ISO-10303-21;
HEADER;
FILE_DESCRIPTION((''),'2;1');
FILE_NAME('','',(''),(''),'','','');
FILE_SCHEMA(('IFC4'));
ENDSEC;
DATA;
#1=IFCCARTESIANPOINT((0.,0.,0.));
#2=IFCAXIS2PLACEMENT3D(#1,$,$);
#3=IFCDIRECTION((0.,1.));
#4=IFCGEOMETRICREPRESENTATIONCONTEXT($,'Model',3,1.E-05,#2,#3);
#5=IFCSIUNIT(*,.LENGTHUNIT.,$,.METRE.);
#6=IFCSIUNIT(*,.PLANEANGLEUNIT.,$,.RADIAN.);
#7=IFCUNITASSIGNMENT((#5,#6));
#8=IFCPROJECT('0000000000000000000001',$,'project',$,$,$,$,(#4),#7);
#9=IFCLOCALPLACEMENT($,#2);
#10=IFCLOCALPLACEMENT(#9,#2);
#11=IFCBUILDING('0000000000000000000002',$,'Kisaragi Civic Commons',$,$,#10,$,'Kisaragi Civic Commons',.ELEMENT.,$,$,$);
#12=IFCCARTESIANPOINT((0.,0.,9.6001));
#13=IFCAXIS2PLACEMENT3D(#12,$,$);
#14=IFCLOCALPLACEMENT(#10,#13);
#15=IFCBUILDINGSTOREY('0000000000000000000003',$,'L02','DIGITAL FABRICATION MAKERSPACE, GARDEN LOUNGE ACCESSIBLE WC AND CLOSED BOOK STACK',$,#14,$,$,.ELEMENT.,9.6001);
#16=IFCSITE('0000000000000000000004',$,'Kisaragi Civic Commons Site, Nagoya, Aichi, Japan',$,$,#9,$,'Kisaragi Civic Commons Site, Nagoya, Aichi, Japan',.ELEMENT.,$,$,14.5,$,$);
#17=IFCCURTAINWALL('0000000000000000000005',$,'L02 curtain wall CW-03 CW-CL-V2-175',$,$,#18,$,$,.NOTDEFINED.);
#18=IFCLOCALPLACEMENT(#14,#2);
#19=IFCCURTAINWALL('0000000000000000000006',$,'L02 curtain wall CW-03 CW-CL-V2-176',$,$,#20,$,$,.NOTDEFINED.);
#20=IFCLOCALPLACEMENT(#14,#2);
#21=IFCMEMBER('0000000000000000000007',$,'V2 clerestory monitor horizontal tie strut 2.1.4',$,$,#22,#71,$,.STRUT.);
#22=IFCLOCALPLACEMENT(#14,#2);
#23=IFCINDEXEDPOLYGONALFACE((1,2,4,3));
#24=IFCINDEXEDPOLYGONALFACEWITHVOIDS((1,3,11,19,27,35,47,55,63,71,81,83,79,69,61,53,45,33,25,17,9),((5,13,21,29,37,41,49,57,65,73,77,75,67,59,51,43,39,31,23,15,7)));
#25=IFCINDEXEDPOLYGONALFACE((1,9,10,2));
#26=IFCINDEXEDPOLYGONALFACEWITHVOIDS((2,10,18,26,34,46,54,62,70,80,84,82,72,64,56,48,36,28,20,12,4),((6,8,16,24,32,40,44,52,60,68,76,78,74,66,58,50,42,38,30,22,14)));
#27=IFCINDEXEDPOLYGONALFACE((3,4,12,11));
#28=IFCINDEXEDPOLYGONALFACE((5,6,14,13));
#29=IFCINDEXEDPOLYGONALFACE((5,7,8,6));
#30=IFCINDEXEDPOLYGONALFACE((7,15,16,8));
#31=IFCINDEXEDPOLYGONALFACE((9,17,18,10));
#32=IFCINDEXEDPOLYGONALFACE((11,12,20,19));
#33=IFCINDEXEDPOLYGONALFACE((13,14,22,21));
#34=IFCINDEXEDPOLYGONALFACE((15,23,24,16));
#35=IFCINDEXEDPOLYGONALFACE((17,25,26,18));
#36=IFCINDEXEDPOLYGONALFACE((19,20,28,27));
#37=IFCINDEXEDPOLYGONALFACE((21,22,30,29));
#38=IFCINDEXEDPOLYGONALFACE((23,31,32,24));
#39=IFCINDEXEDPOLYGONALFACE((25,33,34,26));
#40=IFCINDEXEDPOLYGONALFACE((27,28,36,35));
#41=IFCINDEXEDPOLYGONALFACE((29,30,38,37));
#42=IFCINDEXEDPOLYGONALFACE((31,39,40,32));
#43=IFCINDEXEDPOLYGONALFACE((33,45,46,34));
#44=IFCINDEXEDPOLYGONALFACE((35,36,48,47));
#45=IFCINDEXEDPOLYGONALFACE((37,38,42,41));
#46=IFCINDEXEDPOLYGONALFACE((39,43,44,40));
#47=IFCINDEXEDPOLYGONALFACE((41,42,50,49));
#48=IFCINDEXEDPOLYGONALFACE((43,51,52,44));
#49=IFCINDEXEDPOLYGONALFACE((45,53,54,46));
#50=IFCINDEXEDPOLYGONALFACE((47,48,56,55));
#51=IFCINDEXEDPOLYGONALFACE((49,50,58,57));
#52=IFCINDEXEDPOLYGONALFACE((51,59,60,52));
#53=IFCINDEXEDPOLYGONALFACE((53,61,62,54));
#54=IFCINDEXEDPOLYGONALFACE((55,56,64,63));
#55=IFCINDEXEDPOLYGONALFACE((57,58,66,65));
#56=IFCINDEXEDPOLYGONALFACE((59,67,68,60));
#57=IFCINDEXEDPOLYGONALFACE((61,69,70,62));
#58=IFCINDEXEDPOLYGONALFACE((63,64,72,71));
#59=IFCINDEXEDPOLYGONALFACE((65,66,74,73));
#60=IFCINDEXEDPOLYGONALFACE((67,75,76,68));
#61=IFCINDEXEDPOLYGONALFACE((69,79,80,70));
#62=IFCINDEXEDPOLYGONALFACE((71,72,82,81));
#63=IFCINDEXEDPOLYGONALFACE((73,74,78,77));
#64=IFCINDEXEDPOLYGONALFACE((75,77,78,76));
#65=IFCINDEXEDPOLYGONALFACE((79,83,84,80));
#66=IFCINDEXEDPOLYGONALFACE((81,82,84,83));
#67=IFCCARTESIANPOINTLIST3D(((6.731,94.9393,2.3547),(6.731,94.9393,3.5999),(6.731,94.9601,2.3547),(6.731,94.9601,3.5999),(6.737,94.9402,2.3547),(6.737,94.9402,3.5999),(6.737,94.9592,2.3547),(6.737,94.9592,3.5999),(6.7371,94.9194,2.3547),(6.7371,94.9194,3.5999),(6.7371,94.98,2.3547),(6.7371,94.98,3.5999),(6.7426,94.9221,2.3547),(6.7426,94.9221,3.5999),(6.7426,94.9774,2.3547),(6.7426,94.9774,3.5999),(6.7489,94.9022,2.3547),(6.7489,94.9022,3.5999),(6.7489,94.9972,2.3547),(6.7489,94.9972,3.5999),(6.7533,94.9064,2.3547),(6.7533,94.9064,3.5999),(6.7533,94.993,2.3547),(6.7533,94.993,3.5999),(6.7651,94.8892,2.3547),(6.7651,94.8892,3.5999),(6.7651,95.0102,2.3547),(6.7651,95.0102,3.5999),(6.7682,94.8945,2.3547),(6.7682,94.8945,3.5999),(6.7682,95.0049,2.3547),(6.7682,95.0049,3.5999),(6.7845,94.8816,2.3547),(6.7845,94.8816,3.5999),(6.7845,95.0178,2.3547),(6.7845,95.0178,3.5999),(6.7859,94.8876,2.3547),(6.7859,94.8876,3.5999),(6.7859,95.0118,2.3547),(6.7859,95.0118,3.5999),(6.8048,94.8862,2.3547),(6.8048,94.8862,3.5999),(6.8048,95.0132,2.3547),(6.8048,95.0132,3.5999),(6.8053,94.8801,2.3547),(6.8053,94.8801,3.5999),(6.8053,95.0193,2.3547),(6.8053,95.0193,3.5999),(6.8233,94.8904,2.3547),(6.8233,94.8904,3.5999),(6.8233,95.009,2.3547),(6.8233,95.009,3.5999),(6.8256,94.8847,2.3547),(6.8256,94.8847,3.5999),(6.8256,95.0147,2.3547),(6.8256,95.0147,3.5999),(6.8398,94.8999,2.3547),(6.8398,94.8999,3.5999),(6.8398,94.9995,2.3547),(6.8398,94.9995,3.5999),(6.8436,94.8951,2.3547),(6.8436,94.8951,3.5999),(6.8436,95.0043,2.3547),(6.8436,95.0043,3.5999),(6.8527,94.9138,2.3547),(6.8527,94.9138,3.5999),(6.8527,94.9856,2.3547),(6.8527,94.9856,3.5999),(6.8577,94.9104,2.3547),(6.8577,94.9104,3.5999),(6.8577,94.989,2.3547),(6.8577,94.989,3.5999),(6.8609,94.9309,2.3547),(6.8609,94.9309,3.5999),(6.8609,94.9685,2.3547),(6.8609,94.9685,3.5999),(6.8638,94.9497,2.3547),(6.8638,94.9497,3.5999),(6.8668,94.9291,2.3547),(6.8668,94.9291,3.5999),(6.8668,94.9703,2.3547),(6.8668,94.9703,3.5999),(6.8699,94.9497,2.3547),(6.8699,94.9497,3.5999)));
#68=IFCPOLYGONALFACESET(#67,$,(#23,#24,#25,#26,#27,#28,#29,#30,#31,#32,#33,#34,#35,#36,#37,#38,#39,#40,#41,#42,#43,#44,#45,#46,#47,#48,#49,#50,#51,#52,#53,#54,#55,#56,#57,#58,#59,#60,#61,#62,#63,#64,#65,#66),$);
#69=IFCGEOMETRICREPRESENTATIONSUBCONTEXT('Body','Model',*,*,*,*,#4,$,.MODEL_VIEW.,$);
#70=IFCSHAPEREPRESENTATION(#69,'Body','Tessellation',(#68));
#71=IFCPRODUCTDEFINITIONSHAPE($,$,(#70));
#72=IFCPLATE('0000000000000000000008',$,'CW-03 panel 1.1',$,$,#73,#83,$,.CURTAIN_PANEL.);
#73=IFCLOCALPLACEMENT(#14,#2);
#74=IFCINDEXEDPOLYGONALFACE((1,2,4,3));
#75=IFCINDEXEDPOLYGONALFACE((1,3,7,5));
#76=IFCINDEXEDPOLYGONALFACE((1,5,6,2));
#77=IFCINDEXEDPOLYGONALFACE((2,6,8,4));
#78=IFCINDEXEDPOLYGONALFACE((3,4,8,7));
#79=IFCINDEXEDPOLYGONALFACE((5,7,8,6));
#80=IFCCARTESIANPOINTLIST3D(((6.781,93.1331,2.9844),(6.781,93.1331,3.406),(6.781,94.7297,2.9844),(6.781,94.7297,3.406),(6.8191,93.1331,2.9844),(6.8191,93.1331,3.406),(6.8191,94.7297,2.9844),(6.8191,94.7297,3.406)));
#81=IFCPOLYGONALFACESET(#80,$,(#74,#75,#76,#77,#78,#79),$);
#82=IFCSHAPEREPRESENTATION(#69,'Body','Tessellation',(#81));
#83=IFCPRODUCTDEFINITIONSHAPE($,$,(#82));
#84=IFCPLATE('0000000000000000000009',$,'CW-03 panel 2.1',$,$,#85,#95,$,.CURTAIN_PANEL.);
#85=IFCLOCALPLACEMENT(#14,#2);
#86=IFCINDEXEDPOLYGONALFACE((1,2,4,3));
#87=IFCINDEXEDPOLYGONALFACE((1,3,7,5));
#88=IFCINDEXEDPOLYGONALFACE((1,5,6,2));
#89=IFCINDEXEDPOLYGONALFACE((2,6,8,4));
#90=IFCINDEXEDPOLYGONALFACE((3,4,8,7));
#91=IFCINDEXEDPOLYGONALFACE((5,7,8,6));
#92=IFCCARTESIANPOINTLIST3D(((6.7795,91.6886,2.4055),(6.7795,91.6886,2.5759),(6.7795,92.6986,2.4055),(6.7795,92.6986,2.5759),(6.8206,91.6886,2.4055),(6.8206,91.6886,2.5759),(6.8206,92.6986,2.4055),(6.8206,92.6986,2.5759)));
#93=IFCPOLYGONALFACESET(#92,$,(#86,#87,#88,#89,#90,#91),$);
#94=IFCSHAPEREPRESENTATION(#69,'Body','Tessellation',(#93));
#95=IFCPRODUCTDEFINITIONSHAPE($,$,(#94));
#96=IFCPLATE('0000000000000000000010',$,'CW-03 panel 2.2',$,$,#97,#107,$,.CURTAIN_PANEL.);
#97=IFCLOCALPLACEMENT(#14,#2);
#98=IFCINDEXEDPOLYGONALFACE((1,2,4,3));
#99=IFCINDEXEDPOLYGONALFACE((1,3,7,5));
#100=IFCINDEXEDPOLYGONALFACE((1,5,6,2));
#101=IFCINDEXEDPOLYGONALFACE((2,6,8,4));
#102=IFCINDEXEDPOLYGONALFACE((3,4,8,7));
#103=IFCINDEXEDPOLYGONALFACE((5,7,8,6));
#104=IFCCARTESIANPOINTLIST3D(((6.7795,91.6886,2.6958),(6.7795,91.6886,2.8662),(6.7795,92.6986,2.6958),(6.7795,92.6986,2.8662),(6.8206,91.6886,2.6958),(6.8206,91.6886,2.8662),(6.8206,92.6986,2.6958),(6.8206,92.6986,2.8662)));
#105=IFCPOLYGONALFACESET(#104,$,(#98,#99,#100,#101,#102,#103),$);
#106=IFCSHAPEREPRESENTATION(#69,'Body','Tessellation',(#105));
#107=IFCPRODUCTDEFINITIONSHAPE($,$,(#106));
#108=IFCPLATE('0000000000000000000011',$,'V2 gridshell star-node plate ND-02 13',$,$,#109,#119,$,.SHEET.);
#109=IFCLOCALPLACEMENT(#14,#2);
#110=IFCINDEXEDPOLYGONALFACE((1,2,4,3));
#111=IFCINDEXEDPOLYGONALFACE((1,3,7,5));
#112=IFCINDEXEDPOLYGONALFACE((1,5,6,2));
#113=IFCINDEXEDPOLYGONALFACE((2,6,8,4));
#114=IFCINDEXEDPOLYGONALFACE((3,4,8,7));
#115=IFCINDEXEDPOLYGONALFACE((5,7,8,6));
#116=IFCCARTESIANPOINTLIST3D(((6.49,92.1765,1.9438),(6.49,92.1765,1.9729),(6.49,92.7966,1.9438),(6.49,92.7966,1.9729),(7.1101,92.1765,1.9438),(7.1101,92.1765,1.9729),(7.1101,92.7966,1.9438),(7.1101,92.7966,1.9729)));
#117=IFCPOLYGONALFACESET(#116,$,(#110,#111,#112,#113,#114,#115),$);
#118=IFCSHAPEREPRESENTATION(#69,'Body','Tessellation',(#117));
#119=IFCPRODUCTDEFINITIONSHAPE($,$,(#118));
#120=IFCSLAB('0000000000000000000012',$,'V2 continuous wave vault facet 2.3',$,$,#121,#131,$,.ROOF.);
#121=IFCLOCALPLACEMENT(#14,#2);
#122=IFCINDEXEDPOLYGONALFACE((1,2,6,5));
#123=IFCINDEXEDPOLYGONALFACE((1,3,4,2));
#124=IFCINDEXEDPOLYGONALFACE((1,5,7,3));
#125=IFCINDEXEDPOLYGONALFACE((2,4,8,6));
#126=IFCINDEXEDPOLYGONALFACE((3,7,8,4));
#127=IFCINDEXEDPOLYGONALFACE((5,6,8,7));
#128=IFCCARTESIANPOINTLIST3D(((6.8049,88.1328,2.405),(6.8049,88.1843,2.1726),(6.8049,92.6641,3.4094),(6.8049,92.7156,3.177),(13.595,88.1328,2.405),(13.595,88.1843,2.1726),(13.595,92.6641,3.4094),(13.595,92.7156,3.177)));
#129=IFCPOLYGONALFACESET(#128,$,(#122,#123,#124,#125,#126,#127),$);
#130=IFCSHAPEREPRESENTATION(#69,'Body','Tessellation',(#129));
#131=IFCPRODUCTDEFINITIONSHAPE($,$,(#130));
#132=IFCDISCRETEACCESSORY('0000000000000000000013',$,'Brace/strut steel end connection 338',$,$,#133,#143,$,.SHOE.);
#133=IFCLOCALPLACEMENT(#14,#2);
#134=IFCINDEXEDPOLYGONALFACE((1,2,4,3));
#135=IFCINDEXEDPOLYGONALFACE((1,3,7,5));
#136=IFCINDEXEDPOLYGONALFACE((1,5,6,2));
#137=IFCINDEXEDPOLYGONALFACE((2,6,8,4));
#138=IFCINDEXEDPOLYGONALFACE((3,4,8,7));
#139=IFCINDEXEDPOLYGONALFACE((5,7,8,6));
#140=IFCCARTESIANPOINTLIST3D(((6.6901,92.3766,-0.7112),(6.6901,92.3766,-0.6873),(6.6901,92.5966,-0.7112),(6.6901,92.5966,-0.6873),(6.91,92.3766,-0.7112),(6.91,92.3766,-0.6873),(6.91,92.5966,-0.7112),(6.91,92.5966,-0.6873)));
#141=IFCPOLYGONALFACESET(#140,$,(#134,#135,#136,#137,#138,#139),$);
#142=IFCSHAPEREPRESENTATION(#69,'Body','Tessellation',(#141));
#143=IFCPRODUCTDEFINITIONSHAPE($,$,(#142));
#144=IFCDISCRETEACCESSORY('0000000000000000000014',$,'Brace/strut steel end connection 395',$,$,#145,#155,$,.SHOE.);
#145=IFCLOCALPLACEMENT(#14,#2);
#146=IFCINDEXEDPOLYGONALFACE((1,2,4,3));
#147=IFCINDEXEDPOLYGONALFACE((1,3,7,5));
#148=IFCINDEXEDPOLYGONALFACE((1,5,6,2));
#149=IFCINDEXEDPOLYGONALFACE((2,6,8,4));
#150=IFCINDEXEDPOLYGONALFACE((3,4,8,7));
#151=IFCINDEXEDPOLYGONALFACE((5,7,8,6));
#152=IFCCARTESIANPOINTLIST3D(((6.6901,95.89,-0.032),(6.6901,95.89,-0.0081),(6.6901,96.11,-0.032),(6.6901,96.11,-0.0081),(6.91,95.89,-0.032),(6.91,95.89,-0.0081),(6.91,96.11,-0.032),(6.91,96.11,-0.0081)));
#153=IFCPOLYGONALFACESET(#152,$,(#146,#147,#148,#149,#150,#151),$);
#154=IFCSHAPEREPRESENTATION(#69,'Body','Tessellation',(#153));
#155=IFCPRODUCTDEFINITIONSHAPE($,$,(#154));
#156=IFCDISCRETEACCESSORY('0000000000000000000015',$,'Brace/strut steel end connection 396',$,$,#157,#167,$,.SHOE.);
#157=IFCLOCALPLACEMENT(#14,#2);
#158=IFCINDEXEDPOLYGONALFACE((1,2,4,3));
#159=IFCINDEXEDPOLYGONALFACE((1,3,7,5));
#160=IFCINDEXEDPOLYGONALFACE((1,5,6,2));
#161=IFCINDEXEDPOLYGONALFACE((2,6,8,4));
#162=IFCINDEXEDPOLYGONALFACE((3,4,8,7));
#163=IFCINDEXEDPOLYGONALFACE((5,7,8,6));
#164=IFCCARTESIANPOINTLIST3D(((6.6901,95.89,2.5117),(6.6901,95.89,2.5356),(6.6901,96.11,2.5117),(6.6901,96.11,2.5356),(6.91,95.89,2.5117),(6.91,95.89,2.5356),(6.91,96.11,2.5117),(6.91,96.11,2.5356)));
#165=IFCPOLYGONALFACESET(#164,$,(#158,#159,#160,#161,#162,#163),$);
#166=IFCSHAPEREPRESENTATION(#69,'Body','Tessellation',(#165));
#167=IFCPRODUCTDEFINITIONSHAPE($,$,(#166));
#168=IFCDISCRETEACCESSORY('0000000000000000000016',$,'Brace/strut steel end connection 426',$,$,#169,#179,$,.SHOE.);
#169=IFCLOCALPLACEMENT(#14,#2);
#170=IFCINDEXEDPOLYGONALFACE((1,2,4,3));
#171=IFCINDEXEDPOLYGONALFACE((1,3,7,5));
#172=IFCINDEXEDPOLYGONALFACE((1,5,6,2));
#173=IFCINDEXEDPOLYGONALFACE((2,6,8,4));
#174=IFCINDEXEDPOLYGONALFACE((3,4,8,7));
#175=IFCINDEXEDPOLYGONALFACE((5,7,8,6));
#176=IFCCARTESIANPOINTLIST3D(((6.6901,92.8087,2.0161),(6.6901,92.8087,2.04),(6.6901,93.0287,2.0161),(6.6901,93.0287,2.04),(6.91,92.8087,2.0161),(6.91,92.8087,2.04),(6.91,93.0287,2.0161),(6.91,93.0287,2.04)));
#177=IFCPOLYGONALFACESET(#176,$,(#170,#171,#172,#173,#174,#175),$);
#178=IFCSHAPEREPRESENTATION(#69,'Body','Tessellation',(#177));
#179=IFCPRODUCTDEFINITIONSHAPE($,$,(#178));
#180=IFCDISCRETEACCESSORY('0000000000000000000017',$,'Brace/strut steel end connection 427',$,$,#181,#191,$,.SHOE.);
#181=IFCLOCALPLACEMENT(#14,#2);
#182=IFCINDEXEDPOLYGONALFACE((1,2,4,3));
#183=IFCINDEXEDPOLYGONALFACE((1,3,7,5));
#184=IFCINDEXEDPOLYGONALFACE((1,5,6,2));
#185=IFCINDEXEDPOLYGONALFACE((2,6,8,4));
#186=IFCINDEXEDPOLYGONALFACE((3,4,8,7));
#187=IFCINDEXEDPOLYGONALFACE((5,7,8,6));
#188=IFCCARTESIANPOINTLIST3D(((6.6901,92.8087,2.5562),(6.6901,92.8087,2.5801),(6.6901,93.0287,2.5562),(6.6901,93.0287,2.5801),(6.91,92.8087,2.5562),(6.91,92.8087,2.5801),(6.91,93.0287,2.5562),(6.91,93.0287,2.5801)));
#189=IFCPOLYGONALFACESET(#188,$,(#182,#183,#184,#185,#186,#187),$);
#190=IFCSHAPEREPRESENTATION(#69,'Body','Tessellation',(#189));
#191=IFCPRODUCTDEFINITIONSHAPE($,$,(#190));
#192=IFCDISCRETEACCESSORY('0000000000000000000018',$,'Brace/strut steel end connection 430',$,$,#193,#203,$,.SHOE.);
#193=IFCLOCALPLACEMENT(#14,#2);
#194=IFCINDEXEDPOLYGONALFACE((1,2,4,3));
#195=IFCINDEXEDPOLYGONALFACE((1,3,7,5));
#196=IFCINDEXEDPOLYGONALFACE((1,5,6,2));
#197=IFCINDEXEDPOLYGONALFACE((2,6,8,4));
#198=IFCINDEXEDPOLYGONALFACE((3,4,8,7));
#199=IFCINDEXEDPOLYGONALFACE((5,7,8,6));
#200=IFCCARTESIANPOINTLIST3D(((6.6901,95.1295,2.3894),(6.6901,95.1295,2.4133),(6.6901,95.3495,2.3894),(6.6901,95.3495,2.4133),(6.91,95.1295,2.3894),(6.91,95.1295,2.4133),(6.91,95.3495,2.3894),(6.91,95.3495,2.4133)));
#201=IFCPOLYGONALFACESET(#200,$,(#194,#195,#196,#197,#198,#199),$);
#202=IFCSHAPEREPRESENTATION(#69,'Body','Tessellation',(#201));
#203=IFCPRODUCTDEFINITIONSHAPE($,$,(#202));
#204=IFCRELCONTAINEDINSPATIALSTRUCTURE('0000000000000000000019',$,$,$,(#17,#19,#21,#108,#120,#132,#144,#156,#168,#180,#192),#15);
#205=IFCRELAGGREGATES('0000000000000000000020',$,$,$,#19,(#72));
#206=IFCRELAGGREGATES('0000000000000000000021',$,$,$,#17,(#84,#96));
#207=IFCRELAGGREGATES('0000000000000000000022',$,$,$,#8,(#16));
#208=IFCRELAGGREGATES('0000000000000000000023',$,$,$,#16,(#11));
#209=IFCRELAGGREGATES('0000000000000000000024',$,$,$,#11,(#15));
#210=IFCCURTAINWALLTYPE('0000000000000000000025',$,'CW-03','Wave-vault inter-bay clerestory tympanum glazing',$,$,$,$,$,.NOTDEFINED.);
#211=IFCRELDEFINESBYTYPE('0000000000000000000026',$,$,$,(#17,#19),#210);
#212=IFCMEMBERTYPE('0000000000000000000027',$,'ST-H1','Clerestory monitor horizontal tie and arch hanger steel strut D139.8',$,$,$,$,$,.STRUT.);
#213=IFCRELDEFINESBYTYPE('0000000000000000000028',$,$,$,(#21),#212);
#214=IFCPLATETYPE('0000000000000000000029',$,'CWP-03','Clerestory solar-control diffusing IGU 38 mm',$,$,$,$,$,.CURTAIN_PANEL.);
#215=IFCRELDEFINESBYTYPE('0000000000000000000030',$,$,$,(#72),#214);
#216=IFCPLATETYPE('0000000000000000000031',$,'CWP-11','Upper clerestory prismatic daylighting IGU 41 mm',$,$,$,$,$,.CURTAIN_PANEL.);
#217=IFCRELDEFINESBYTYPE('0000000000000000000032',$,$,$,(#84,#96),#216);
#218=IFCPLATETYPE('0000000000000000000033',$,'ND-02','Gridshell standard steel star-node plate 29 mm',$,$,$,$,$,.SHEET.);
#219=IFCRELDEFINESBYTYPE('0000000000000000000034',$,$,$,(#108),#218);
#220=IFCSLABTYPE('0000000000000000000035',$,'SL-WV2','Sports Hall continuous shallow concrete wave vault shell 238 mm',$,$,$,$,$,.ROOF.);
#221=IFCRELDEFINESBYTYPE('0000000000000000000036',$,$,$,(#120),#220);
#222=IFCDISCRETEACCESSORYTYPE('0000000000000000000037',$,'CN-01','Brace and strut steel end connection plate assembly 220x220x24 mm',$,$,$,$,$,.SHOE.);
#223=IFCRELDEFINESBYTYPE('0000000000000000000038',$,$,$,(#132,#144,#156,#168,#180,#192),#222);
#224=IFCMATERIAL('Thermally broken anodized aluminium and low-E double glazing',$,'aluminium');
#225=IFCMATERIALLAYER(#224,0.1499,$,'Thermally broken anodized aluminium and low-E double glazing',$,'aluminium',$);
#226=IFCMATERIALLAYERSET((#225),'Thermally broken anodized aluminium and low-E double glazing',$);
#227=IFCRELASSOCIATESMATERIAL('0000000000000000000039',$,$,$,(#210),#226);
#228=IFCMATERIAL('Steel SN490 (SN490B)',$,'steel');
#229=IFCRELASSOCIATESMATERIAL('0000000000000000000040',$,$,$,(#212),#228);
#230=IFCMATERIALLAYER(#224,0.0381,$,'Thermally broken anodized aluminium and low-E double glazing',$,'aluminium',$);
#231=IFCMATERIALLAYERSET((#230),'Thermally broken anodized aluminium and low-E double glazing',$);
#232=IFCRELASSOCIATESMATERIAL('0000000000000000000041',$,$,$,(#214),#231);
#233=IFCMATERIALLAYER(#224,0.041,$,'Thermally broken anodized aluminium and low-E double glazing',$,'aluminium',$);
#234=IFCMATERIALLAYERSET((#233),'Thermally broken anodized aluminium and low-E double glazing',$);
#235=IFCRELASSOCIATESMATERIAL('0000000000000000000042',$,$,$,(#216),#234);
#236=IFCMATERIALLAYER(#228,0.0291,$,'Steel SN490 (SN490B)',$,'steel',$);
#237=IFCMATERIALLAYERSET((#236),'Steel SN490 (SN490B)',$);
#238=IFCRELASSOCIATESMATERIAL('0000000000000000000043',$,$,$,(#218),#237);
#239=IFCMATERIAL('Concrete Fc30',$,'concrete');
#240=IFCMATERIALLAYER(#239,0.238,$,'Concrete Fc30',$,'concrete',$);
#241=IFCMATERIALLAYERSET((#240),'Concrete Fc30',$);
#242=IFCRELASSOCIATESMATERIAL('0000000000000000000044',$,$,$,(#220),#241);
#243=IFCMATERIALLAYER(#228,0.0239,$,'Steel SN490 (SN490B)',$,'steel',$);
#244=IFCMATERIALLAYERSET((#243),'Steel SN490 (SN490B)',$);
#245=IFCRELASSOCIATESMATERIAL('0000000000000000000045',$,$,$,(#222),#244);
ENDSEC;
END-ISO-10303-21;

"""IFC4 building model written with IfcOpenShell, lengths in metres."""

from ifc_helpers import new_model, si_unit, direction, frame, origin, origin_2d, place, context, subcontext, project, spatial, polyline, rectangle, hollow_circle, outline, extrude, material, layer, layer_set, material_profile, profile_set, type_object, element, aggregate, save


model = new_model("IFC4")

# Units and contexts
model_context = context("Model", 3, precision=1e-05, world=origin(), true_north=direction((0.0, 1.0)))
body_context = subcontext(model_context, "Body", "Model", "MODEL_VIEW")
ifc_project = project(units=[si_unit("LENGTHUNIT", "METRE"), si_unit("PLANEANGLEUNIT", "RADIAN")], contexts=[model_context])

# Site, building, storey
site_placement = place(None, origin())
site = spatial("IfcSite", under=ifc_project, at=site_placement, Name="Kisaragi Civic Commons Site, Nagoya, Aichi, Japan", LongName="Kisaragi Civic Commons Site, Nagoya, Aichi, Japan", CompositionType="ELEMENT", RefElevation=14.5)
building_placement = place(site_placement, origin())
building = spatial("IfcBuilding", under=site, at=building_placement, Name="Kisaragi Civic Commons", LongName="Kisaragi Civic Commons", CompositionType="ELEMENT")
storey_placement = place(building_placement, frame((0.0, 0.0, 9.6001)))
storey = spatial("IfcBuildingStorey", under=building, at=storey_placement, Name="L02", Description="DIGITAL FABRICATION MAKERSPACE, GARDEN LOUNGE ACCESSIBLE WC AND CLOSED BOOK STACK", CompositionType="ELEMENT", Elevation=9.6001)

# Curtain wall
ifc_material_1 = material(Name="Thermally broken anodized aluminium and low-E double glazing", Category="aluminium")
ifc_layer_1 = layer(ifc_material_1, 0.1499, Name="Thermally broken anodized aluminium and low-E double glazing", Category="aluminium")
ifc_layer_set_1 = layer_set([ifc_layer_1], Name="Thermally broken anodized aluminium and low-E double glazing")
curtain_wall_type = type_object("IfcCurtainWallType", Name="CW-03", Description="Wave-vault inter-bay clerestory tympanum glazing", PredefinedType="NOTDEFINED", material=ifc_layer_set_1)
curtain_wall_1_placement = place(storey_placement, origin())
curtain_wall_1 = element("IfcCurtainWall", 1, at=curtain_wall_1_placement, inside=storey, type_object=curtain_wall_type, Name="L02 curtain wall CW-03 CW-CL-V2-175", PredefinedType="NOTDEFINED")

# Curtain wall
curtain_wall_2_placement = place(storey_placement, origin())
curtain_wall_2 = element("IfcCurtainWall", 2, at=curtain_wall_2_placement, inside=storey, type_object=curtain_wall_type, Name="L02 curtain wall CW-03 CW-CL-V2-176", PredefinedType="NOTDEFINED")

# Member
ifc_material_2 = material(Name="Steel SN490 (SN490B)", Category="steel")
ifc_material_profile_1 = material_profile(ifc_material_2, hollow_circle(Radius=0.0698, WallThickness=0.0061, at=origin_2d()), Name="CHS-139.8x6.0", Category="steel")
ifc_profile_set_1 = profile_set([ifc_material_profile_1], Name="Steel SN490 (SN490B)")
member_type_1 = type_object("IfcMemberType", Name="ST-H1", Description="Clerestory monitor horizontal tie and arch hanger steel strut D139.8", PredefinedType="STRUT", material=ifc_profile_set_1)
member_1_placement = place(storey_placement, frame((6.8, 94.9497, 2.3547), z_axis=(0.0, 0.0, 1.0), x_axis=(1.0, 0.0, 0.0)))
element("IfcMember", 3, at=member_1_placement, inside=storey, type_object=member_type_1, Name="V2 clerestory monitor horizontal tie strut 2.1.4", PredefinedType="STRUT", context=body_context, shape_type="SweptSolid", body=[
    extrude(hollow_circle(Radius=0.0698, WallThickness=0.0061, at=origin_2d()), origin(), (0.0, 0.0, 1.0), 1.2451),
])

# Plates
ifc_layer_2 = layer(ifc_material_1, 0.0381, Name="Thermally broken anodized aluminium and low-E double glazing", Category="aluminium")
ifc_layer_set_2 = layer_set([ifc_layer_2], Name="Thermally broken anodized aluminium and low-E double glazing")
plate_type_1 = type_object("IfcPlateType", Name="CWP-03", Description="Clerestory solar-control diffusing IGU 38 mm", PredefinedType="CURTAIN_PANEL", material=ifc_layer_set_2)
plate_1_placement = place(storey_placement, frame((6.8, 93.9314, 2.9844), z_axis=(0.0, 0.0, 1.0), x_axis=(0.0, 1.0, 0.0)))
plate_1 = element("IfcPlate", 4, at=plate_1_placement, type_object=plate_type_1, Name="CW-03 panel 1.1", PredefinedType="CURTAIN_PANEL", context=body_context, shape_type="SweptSolid", body=[
    extrude(rectangle(XDim=1.5967, YDim=0.0381, at=origin_2d()), origin(), (0.0, 0.0, 1.0), 0.4216),
])
aggregate(curtain_wall_2, [plate_1])
ifc_layer_3 = layer(ifc_material_1, 0.041, Name="Thermally broken anodized aluminium and low-E double glazing", Category="aluminium")
ifc_layer_set_3 = layer_set([ifc_layer_3], Name="Thermally broken anodized aluminium and low-E double glazing")
plate_type_2 = type_object("IfcPlateType", Name="CWP-11", Description="Upper clerestory prismatic daylighting IGU 41 mm", PredefinedType="CURTAIN_PANEL", material=ifc_layer_set_3)
plate_2_placement = place(storey_placement, frame((6.8, 92.1936, 2.4055), z_axis=(0.0, 0.0, 1.0), x_axis=(0.0, 1.0, 0.0)))
plate_2 = element("IfcPlate", 5, at=plate_2_placement, type_object=plate_type_2, Name="CW-03 panel 2.1", PredefinedType="CURTAIN_PANEL", context=body_context, shape_type="SweptSolid", body=[
    extrude(rectangle(XDim=1.01, YDim=0.041, at=origin_2d()), origin(), (0.0, 0.0, 1.0), 0.1704),
])
plate_3_placement = place(storey_placement, frame((6.8, 92.1936, 2.6958), z_axis=(0.0, 0.0, 1.0), x_axis=(0.0, 1.0, 0.0)))
plate_3 = element("IfcPlate", 6, at=plate_3_placement, type_object=plate_type_2, Name="CW-03 panel 2.2", PredefinedType="CURTAIN_PANEL", context=body_context, shape_type="SweptSolid", body=[
    extrude(rectangle(XDim=1.01, YDim=0.041, at=origin_2d()), origin(), (0.0, 0.0, 1.0), 0.1704),
])
aggregate(curtain_wall_1, [plate_2, plate_3])
ifc_layer_4 = layer(ifc_material_2, 0.0291, Name="Steel SN490 (SN490B)", Category="steel")
ifc_layer_set_4 = layer_set([ifc_layer_4], Name="Steel SN490 (SN490B)")
plate_type_3 = type_object("IfcPlateType", Name="ND-02", Description="Gridshell standard steel star-node plate 29 mm", PredefinedType="SHEET", material=ifc_layer_set_4)
plate_4_placement = place(storey_placement, frame((6.8, 92.4866, 1.9438), z_axis=(0.0, 0.0, 1.0), x_axis=(1.0, 0.0, 0.0)))
element("IfcPlate", 7, at=plate_4_placement, inside=storey, type_object=plate_type_3, Name="V2 gridshell star-node plate ND-02 13", PredefinedType="SHEET", context=body_context, shape_type="SweptSolid", body=[
    extrude(rectangle(XDim=0.6201, YDim=0.6201, at=origin_2d()), origin(), (0.0, 0.0, 1.0), 0.0291),
])

# Slab
ifc_material_3 = material(Name="Concrete Fc30", Category="concrete")
ifc_layer_5 = layer(ifc_material_3, 0.238, Name="Concrete Fc30", Category="concrete")
ifc_layer_set_5 = layer_set([ifc_layer_5], Name="Concrete Fc30")
slab_type = type_object("IfcSlabType", Name="SL-WV2", Description="Sports Hall continuous shallow concrete wave vault shell 238 mm", PredefinedType="ROOF", material=ifc_layer_set_5)
slab_placement = place(storey_placement, frame((13.595, 92.6641, 3.4094), z_axis=(0.0, -0.216407, 0.976303), x_axis=(-1.0, 0.0, 0.0)))
element("IfcSlab", 8, at=slab_placement, inside=storey, type_object=slab_type, Name="V2 continuous wave vault facet 2.3", PredefinedType="ROOF", context=body_context, shape_type="SweptSolid", body=[
    extrude(outline(polyline([(0.0, 0.0), (6.79, 0.0), (6.79, 4.6412), (0.0, 4.6412), (0.0, 0.0)])), origin(), (0.0, 0.0, -1.0), 0.238),
])

# Discrete accessories
ifc_layer_6 = layer(ifc_material_2, 0.0239, Name="Steel SN490 (SN490B)", Category="steel")
ifc_layer_set_6 = layer_set([ifc_layer_6], Name="Steel SN490 (SN490B)")
discrete_accessory_type = type_object("IfcDiscreteAccessoryType", Name="CN-01", Description="Brace and strut steel end connection plate assembly 220x220x24 mm", PredefinedType="SHOE", material=ifc_layer_set_6)
for number, where, z_axis, x_axis, name in (
    (9, (6.8, 92.4866, -0.7112), (0.0, 0.0, 1.0), (1.0, 0.0, 0.0), "Brace/strut steel end connection 338"),
    (10, (6.8, 96.0, -0.032), (0.0, 0.0, 1.0), (1.0, 0.0, 0.0), "Brace/strut steel end connection 395"),
    (11, (6.8, 96.0, 2.5117), (0.0, 0.0, 1.0), (1.0, 0.0, 0.0), "Brace/strut steel end connection 396"),
    (12, (6.8, 92.9187, 2.0161), (0.0, 0.0, 1.0), (1.0, 0.0, 0.0), "Brace/strut steel end connection 426"),
    (13, (6.8, 92.9187, 2.5562), (0.0, 0.0, 1.0), (1.0, 0.0, 0.0), "Brace/strut steel end connection 427"),
    (14, (6.8, 95.2395, 2.3894), (0.0, 0.0, 1.0), (1.0, 0.0, 0.0), "Brace/strut steel end connection 430"),
):
    element("IfcDiscreteAccessory", number, at=place(storey_placement, frame(where, z_axis=z_axis, x_axis=x_axis)), inside=storey, type_object=discrete_accessory_type, Name=name, PredefinedType="SHOE", context=body_context, shape_type="SweptSolid", body=[
        extrude(rectangle(XDim=0.22, YDim=0.22, at=origin_2d()), origin(), (0.0, 0.0, 1.0), 0.0239),
    ])

save(model, "model.ifc")
